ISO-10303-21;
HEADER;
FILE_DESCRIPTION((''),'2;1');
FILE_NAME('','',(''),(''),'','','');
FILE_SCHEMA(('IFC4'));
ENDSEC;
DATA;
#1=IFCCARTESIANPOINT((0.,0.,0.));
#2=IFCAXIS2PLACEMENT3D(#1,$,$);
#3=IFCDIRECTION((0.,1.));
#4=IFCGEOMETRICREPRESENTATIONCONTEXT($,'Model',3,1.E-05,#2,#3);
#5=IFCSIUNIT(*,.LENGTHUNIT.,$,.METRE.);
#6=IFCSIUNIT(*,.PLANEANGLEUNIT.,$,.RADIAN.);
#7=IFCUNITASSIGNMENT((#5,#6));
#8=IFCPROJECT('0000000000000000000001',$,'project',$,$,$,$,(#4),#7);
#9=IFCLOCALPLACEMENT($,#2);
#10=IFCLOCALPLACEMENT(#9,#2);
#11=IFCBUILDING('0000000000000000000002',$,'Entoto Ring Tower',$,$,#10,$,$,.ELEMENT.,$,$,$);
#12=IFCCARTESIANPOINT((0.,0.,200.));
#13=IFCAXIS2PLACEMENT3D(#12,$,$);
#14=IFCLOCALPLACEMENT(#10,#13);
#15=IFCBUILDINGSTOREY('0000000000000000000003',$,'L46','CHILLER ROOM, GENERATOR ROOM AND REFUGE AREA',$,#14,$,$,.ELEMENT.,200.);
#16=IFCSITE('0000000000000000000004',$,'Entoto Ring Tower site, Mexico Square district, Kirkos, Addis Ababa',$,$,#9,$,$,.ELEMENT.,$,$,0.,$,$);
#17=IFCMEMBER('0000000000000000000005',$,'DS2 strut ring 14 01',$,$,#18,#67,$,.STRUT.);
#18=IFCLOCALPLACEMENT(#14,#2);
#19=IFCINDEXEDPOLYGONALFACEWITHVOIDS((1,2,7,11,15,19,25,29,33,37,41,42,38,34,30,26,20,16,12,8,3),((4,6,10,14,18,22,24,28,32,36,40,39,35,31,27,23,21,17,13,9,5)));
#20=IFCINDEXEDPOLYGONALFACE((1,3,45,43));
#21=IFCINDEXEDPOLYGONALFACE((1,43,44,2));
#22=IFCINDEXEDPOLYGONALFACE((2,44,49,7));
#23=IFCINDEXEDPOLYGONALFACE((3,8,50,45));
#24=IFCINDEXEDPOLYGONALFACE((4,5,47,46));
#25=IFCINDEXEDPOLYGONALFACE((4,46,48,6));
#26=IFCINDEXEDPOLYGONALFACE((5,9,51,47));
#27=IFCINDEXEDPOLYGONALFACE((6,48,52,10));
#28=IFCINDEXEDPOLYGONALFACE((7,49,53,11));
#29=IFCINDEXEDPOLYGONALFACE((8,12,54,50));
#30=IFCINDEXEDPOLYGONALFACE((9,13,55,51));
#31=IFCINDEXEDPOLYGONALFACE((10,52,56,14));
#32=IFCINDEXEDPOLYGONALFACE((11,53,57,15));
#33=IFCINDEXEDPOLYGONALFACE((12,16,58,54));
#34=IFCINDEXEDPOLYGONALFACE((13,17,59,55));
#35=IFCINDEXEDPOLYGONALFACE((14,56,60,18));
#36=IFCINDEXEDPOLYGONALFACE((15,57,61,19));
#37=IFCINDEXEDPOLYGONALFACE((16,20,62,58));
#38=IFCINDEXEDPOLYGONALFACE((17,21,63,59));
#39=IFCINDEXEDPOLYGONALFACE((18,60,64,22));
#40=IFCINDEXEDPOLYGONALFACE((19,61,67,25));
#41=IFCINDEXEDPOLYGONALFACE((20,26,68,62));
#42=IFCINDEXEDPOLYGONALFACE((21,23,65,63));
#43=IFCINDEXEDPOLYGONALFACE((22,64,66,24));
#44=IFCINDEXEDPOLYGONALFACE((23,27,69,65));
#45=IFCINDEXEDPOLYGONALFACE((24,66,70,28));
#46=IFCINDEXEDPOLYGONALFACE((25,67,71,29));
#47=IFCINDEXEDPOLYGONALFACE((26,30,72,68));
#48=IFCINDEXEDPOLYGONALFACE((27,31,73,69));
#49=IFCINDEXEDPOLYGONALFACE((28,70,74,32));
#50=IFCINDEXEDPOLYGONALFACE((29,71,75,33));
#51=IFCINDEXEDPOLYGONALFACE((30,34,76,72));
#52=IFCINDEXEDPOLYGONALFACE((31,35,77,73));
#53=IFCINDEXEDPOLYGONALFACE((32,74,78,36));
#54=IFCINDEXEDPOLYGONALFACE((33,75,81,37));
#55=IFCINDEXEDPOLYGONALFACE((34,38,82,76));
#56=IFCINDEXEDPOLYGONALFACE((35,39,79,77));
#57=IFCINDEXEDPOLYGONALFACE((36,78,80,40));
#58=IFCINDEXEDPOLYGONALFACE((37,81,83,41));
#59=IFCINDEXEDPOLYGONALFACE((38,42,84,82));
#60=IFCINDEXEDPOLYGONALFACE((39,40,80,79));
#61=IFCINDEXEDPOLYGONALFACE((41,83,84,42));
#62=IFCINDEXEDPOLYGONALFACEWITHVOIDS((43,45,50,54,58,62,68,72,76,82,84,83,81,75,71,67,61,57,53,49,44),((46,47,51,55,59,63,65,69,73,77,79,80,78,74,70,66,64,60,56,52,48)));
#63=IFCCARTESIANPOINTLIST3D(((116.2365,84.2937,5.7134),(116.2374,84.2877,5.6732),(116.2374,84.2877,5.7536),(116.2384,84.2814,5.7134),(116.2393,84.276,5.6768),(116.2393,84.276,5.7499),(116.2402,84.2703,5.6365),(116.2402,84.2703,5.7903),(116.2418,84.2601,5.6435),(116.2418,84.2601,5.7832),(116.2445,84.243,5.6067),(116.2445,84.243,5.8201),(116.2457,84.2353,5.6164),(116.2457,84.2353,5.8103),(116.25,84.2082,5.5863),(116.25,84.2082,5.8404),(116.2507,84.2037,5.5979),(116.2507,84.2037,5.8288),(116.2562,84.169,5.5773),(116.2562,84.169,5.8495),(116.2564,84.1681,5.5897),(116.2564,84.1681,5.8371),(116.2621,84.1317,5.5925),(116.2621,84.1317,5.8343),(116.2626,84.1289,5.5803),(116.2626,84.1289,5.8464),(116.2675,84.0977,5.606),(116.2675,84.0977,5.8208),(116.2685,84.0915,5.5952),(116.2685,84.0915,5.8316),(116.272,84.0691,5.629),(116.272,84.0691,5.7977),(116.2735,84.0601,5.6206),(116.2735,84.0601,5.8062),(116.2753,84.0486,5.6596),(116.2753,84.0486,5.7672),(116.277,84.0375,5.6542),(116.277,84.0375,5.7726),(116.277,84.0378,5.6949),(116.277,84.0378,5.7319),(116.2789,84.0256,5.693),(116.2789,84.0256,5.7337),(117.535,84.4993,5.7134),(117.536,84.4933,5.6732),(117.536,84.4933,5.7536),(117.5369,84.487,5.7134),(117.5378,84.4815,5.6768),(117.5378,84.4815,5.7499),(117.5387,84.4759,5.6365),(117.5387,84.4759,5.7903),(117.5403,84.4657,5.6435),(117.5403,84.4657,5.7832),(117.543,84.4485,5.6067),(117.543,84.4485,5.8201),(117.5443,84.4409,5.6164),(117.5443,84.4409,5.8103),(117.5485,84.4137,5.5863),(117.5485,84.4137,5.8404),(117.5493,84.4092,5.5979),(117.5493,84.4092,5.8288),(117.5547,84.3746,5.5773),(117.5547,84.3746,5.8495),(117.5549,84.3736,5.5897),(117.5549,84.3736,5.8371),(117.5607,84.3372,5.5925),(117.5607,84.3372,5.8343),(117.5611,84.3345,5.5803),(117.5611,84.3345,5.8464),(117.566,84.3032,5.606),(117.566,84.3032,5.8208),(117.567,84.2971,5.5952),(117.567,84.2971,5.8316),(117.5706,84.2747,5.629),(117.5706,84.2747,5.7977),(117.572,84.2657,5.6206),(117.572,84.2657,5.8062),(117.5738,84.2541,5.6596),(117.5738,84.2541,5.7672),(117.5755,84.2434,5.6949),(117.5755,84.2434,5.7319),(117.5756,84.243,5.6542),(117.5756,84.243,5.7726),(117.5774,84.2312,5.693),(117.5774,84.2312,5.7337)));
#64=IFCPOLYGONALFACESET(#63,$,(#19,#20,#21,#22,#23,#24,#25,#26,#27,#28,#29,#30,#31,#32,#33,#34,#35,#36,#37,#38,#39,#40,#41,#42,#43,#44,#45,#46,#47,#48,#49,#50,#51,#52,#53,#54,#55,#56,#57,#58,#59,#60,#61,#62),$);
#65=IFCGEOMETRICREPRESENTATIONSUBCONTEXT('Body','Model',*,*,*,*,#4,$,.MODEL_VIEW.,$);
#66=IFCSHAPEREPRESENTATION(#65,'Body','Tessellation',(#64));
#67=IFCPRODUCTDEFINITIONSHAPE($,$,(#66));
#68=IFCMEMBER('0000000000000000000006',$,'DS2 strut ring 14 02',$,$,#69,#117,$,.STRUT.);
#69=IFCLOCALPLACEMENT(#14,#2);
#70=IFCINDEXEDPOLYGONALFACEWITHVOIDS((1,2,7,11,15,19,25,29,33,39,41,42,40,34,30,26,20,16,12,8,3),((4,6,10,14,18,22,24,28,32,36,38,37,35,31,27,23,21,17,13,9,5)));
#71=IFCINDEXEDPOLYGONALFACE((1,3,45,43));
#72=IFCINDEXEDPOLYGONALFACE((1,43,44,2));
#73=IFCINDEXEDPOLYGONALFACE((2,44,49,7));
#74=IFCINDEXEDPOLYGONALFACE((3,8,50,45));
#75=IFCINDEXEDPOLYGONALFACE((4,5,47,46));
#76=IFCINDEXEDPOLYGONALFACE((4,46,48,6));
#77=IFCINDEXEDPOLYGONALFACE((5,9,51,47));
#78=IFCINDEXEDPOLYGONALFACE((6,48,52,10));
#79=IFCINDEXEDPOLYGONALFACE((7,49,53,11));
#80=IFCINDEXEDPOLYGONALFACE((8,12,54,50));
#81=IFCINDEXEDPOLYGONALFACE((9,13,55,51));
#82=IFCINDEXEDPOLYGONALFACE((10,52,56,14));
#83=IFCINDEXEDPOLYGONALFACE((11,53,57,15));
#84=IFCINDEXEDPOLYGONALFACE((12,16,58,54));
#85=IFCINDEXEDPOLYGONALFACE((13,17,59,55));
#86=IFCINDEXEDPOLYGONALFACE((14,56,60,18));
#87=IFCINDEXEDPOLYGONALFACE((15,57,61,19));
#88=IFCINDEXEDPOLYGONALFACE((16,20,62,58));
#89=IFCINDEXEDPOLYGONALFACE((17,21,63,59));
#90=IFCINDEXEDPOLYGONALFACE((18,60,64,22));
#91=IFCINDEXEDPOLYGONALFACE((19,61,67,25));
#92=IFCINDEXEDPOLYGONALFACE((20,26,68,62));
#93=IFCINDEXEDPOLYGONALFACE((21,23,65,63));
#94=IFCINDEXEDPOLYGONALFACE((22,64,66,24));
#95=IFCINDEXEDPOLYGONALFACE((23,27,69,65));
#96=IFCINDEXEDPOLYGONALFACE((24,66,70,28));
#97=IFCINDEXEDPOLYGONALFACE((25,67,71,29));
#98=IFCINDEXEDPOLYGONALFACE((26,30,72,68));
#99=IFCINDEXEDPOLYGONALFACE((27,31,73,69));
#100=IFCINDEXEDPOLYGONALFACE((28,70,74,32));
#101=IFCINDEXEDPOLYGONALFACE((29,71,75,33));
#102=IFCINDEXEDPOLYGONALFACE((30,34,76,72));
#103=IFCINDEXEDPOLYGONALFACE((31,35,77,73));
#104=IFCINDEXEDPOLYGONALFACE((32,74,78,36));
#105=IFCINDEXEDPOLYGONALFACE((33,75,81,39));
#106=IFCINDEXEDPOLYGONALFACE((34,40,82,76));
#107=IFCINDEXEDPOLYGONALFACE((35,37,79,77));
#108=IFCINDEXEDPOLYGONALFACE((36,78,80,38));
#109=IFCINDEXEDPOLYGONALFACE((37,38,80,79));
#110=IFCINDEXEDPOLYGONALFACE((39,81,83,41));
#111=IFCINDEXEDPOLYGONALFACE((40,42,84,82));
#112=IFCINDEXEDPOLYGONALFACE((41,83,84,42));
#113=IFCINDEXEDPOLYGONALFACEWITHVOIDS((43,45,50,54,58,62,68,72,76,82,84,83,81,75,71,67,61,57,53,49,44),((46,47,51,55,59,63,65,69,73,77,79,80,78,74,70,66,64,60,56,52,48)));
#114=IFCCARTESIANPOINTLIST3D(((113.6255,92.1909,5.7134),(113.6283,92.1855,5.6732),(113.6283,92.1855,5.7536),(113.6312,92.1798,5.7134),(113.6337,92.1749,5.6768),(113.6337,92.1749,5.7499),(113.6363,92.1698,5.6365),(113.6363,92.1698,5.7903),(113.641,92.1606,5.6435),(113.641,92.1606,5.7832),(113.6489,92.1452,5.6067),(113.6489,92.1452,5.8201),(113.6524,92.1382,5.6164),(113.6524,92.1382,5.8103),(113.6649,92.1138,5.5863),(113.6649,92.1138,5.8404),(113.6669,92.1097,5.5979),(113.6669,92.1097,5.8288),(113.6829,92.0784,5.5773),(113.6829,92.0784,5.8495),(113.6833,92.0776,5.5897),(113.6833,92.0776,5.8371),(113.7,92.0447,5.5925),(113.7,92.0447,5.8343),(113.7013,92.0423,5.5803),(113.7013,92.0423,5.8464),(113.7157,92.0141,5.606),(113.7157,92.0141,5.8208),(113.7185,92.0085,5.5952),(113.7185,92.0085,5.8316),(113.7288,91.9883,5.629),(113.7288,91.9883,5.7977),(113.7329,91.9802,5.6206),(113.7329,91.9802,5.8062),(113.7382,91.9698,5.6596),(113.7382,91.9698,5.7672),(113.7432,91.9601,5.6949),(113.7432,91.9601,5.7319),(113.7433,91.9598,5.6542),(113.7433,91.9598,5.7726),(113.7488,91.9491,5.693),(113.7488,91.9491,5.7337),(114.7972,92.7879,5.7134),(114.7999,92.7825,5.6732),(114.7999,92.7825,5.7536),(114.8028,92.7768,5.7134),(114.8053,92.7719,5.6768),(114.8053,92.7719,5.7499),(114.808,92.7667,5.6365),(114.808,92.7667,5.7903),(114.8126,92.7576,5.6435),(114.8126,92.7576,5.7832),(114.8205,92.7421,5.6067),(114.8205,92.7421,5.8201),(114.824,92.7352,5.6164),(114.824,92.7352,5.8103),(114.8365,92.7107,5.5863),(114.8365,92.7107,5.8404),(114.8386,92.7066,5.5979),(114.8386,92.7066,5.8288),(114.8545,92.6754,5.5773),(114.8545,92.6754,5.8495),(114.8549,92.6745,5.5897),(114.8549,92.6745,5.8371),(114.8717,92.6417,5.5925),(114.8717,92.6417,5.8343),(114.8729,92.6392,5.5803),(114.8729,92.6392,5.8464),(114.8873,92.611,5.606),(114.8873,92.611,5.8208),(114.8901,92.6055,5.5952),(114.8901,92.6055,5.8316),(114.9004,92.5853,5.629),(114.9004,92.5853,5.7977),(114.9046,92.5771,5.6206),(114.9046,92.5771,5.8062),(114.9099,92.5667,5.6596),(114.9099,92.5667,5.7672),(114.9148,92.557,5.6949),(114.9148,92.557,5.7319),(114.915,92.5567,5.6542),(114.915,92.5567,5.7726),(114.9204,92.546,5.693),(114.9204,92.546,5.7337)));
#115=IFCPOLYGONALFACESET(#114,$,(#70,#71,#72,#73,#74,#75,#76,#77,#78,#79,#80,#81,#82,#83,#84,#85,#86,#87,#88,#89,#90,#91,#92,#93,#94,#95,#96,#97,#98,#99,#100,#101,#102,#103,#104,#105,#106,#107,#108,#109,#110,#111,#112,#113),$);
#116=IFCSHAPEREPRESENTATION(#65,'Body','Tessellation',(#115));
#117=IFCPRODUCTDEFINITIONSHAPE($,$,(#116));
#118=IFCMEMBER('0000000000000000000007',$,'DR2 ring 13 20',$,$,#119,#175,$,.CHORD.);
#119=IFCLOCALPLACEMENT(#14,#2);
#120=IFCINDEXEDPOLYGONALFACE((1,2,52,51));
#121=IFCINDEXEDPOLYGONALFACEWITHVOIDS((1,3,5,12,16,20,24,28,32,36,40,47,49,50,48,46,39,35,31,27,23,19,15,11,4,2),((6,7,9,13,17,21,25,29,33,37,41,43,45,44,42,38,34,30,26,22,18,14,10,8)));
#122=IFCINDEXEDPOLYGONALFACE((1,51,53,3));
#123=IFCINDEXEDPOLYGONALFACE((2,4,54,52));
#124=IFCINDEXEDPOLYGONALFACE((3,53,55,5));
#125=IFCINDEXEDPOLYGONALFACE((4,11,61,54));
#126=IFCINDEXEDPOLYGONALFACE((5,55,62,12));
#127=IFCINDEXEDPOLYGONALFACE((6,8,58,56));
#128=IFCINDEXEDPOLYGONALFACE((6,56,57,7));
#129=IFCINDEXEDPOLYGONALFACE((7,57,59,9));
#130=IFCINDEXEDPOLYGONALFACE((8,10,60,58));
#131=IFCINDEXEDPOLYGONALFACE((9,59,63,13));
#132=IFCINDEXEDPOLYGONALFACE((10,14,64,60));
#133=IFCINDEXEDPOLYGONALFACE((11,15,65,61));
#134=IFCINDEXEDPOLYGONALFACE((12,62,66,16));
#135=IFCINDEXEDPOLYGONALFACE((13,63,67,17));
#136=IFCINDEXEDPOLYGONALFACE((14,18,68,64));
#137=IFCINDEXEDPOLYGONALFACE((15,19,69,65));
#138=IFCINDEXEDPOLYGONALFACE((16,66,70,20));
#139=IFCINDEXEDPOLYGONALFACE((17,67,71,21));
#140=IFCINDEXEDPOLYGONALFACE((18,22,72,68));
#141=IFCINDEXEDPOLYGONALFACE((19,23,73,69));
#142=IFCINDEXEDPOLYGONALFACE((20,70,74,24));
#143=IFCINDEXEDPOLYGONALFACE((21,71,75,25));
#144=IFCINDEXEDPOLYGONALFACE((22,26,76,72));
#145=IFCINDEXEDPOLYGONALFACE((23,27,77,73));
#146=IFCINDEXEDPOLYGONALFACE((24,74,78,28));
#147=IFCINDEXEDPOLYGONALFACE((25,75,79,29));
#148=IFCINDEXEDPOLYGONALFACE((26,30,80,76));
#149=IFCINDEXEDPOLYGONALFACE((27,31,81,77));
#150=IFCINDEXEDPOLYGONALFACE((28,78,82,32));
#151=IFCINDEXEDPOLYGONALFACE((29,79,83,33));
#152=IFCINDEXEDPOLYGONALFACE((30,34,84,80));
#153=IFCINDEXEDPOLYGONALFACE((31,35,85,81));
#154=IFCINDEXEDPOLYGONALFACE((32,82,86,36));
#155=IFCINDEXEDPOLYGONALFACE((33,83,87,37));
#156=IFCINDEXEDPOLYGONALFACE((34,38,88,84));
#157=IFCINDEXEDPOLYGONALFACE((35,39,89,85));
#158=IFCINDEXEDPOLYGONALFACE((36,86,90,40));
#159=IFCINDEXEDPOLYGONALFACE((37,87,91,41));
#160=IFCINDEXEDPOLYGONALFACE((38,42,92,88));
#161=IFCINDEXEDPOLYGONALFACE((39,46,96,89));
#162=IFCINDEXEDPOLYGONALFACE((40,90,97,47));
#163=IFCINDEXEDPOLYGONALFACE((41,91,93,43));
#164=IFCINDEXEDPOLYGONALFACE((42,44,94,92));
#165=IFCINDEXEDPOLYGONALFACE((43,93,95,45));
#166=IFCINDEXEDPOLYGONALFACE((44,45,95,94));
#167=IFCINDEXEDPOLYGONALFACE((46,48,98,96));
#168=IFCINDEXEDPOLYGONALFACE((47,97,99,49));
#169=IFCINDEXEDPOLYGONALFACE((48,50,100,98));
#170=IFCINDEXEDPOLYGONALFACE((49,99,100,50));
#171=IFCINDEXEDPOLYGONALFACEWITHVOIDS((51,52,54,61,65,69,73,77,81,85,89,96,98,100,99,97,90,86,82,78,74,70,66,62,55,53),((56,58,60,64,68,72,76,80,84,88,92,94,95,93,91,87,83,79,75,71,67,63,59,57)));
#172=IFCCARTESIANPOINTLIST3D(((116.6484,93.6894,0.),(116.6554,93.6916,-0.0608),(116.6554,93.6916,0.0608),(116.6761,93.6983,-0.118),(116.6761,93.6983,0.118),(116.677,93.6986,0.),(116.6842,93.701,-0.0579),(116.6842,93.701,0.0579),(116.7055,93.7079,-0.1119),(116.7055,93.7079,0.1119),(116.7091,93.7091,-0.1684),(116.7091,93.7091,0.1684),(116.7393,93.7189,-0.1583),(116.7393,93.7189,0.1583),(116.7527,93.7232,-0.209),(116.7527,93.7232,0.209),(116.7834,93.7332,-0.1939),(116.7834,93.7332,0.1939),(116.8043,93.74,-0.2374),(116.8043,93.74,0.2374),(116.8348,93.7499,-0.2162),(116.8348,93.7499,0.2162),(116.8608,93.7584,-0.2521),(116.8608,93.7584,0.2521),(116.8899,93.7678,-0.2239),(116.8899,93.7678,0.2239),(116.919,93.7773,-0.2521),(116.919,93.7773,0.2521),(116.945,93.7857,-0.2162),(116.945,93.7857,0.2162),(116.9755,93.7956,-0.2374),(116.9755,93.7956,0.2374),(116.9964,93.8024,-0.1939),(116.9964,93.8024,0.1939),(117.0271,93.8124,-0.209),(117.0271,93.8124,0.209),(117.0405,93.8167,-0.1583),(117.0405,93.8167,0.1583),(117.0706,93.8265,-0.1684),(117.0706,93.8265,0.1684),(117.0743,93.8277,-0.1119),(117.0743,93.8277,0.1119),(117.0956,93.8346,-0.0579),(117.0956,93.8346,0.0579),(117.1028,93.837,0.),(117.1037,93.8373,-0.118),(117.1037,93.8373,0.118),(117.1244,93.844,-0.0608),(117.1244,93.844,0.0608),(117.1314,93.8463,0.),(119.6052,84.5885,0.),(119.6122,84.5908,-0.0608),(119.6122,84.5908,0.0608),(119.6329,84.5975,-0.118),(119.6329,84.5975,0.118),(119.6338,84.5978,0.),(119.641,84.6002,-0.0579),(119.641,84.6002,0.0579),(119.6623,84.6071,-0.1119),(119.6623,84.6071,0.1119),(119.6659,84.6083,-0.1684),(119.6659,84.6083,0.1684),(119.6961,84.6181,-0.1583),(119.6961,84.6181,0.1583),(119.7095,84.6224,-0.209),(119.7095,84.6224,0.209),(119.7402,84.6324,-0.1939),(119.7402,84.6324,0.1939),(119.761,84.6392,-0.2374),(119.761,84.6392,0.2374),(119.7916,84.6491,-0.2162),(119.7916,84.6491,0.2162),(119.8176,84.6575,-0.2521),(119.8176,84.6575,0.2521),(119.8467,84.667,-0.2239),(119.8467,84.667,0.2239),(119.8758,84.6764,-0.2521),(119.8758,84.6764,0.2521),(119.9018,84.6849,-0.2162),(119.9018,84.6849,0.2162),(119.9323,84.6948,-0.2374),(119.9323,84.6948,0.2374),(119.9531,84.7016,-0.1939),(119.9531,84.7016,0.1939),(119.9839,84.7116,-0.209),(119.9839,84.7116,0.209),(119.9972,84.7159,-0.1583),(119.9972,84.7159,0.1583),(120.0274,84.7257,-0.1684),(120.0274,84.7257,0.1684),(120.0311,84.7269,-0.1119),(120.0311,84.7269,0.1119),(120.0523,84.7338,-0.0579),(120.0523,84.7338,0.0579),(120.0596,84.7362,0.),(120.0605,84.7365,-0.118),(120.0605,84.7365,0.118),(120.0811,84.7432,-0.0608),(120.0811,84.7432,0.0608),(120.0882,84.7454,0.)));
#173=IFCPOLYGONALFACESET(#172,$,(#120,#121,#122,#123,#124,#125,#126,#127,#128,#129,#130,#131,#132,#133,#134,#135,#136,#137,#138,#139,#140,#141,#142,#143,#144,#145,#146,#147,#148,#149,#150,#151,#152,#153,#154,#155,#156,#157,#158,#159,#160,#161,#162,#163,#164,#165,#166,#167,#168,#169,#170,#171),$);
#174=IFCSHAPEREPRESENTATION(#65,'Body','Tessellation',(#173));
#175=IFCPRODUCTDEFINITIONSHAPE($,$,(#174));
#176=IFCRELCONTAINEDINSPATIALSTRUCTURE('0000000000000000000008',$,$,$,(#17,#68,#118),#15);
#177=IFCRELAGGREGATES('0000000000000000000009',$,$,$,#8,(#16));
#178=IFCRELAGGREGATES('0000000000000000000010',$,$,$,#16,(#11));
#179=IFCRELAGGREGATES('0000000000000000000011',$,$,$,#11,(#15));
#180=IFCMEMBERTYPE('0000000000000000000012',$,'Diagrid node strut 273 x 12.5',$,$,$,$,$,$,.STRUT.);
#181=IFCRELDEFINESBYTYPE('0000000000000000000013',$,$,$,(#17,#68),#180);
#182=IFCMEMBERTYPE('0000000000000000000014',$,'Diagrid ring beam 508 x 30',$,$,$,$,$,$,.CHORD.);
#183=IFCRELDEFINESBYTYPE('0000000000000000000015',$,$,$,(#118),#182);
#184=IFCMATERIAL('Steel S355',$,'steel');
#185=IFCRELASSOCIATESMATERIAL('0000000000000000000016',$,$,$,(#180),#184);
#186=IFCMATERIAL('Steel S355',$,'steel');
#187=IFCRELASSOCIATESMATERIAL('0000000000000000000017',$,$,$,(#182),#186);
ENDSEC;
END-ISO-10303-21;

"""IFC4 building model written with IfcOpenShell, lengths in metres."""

from ifc_helpers import new_model, si_unit, direction, frame, origin, origin_2d, place, context, subcontext, project, spatial, circle, hollow_circle, extrude, material, material_profile, profile_set, type_object, element, save


model = new_model("IFC4")

# Units and contexts
model_context = context("Model", 3, precision=1e-05, world=origin(), true_north=direction((0.0, 1.0)))
body_context = subcontext(model_context, "Body", "Model", "MODEL_VIEW")
ifc_project = project(units=[si_unit("LENGTHUNIT", "METRE"), si_unit("PLANEANGLEUNIT", "RADIAN")], contexts=[model_context])

# Site, building, storey
site_placement = place(None, origin())
site = spatial("IfcSite", under=ifc_project, at=site_placement, Name="Entoto Ring Tower site, Mexico Square district, Kirkos, Addis Ababa", CompositionType="ELEMENT", RefElevation=0.0)
building_placement = place(site_placement, origin())
building = spatial("IfcBuilding", under=site, at=building_placement, Name="Entoto Ring Tower", CompositionType="ELEMENT")
storey_placement = place(building_placement, frame((0.0, 0.0, 200.0)))
storey = spatial("IfcBuildingStorey", under=building, at=storey_placement, Name="L46", Description="CHILLER ROOM, GENERATOR ROOM AND REFUGE AREA", CompositionType="ELEMENT", Elevation=200.0)

# Members
ifc_material_1 = material(Name="Steel S355", Category="steel")
ifc_material_profile_1 = material_profile(ifc_material_1, hollow_circle(Radius=0.1365, WallThickness=0.0125, at=origin_2d()), Name="CHS 273 x 12.5")
ifc_material_2 = material(Name="Concrete C60/75", Category="concrete")
ifc_material_profile_2 = material_profile(ifc_material_2, circle(Radius=0.124, at=origin_2d()), Name="Concrete C60/75 infill")
ifc_profile_set_1 = profile_set([ifc_material_profile_1, ifc_material_profile_2], Name="Steel S355")
member_type_1 = type_object("IfcMemberType", Name="Diagrid node strut 273 x 12.5", PredefinedType="STRUT", material=ifc_profile_set_1)
member_1_placement = place(storey_placement, frame((116.2578, 84.1589, 5.7134), z_axis=(0.987701, 0.156354, 0.0), x_axis=(-0.156354, 0.987701, 0.0)))
element("IfcMember", 1, at=member_1_placement, inside=storey, type_object=member_type_1, Name="DS2 strut ring 14 01", PredefinedType="STRUT", context=body_context, shape_type="SweptSolid", body=[
    extrude(hollow_circle(Radius=0.1365, WallThickness=0.0125, at=origin_2d()), origin(), (0.0, 0.0, 1.0), 1.3147),
])
member_2_placement = place(storey_placement, frame((113.6875, 92.0693, 5.7134), z_axis=(0.891022, 0.453959, 0.0), x_axis=(-0.453959, 0.891022, 0.0)))
element("IfcMember", 2, at=member_2_placement, inside=storey, type_object=member_type_1, Name="DS2 strut ring 14 02", PredefinedType="STRUT", context=body_context, shape_type="SweptSolid", body=[
    extrude(hollow_circle(Radius=0.1365, WallThickness=0.0125, at=origin_2d()), origin(), (0.0, 0.0, 1.0), 1.3149),
])
ifc_material_3 = material(Name="Steel S355", Category="steel")
ifc_material_profile_3 = material_profile(ifc_material_3, hollow_circle(Radius=0.2539, WallThickness=0.03, at=origin_2d()), Name="CHS 508 x 30")
ifc_material_4 = material(Name="Concrete C60/75", Category="concrete")
ifc_material_profile_4 = material_profile(ifc_material_4, circle(Radius=0.2241, at=origin_2d()), Name="Concrete C60/75 infill")
ifc_profile_set_2 = profile_set([ifc_material_profile_3, ifc_material_profile_4], Name="Steel S355")
member_type_2 = type_object("IfcMemberType", Name="Diagrid ring beam 508 x 30", PredefinedType="CHORD", material=ifc_profile_set_2)
member_3_placement = place(storey_placement, frame((119.8467, 84.667, 0.0), z_axis=(-0.308993, 0.951064, 0.0), x_axis=(-0.951064, -0.308993, 0.0)))
element("IfcMember", 3, at=member_3_placement, inside=storey, type_object=member_type_2, Name="DR2 ring 13 20", PredefinedType="CHORD", context=body_context, shape_type="SweptSolid", body=[
    extrude(hollow_circle(Radius=0.2539, WallThickness=0.03, at=origin_2d()), origin(), (0.0, 0.0, 1.0), 9.5691),
])

save(model, "model.ifc")
